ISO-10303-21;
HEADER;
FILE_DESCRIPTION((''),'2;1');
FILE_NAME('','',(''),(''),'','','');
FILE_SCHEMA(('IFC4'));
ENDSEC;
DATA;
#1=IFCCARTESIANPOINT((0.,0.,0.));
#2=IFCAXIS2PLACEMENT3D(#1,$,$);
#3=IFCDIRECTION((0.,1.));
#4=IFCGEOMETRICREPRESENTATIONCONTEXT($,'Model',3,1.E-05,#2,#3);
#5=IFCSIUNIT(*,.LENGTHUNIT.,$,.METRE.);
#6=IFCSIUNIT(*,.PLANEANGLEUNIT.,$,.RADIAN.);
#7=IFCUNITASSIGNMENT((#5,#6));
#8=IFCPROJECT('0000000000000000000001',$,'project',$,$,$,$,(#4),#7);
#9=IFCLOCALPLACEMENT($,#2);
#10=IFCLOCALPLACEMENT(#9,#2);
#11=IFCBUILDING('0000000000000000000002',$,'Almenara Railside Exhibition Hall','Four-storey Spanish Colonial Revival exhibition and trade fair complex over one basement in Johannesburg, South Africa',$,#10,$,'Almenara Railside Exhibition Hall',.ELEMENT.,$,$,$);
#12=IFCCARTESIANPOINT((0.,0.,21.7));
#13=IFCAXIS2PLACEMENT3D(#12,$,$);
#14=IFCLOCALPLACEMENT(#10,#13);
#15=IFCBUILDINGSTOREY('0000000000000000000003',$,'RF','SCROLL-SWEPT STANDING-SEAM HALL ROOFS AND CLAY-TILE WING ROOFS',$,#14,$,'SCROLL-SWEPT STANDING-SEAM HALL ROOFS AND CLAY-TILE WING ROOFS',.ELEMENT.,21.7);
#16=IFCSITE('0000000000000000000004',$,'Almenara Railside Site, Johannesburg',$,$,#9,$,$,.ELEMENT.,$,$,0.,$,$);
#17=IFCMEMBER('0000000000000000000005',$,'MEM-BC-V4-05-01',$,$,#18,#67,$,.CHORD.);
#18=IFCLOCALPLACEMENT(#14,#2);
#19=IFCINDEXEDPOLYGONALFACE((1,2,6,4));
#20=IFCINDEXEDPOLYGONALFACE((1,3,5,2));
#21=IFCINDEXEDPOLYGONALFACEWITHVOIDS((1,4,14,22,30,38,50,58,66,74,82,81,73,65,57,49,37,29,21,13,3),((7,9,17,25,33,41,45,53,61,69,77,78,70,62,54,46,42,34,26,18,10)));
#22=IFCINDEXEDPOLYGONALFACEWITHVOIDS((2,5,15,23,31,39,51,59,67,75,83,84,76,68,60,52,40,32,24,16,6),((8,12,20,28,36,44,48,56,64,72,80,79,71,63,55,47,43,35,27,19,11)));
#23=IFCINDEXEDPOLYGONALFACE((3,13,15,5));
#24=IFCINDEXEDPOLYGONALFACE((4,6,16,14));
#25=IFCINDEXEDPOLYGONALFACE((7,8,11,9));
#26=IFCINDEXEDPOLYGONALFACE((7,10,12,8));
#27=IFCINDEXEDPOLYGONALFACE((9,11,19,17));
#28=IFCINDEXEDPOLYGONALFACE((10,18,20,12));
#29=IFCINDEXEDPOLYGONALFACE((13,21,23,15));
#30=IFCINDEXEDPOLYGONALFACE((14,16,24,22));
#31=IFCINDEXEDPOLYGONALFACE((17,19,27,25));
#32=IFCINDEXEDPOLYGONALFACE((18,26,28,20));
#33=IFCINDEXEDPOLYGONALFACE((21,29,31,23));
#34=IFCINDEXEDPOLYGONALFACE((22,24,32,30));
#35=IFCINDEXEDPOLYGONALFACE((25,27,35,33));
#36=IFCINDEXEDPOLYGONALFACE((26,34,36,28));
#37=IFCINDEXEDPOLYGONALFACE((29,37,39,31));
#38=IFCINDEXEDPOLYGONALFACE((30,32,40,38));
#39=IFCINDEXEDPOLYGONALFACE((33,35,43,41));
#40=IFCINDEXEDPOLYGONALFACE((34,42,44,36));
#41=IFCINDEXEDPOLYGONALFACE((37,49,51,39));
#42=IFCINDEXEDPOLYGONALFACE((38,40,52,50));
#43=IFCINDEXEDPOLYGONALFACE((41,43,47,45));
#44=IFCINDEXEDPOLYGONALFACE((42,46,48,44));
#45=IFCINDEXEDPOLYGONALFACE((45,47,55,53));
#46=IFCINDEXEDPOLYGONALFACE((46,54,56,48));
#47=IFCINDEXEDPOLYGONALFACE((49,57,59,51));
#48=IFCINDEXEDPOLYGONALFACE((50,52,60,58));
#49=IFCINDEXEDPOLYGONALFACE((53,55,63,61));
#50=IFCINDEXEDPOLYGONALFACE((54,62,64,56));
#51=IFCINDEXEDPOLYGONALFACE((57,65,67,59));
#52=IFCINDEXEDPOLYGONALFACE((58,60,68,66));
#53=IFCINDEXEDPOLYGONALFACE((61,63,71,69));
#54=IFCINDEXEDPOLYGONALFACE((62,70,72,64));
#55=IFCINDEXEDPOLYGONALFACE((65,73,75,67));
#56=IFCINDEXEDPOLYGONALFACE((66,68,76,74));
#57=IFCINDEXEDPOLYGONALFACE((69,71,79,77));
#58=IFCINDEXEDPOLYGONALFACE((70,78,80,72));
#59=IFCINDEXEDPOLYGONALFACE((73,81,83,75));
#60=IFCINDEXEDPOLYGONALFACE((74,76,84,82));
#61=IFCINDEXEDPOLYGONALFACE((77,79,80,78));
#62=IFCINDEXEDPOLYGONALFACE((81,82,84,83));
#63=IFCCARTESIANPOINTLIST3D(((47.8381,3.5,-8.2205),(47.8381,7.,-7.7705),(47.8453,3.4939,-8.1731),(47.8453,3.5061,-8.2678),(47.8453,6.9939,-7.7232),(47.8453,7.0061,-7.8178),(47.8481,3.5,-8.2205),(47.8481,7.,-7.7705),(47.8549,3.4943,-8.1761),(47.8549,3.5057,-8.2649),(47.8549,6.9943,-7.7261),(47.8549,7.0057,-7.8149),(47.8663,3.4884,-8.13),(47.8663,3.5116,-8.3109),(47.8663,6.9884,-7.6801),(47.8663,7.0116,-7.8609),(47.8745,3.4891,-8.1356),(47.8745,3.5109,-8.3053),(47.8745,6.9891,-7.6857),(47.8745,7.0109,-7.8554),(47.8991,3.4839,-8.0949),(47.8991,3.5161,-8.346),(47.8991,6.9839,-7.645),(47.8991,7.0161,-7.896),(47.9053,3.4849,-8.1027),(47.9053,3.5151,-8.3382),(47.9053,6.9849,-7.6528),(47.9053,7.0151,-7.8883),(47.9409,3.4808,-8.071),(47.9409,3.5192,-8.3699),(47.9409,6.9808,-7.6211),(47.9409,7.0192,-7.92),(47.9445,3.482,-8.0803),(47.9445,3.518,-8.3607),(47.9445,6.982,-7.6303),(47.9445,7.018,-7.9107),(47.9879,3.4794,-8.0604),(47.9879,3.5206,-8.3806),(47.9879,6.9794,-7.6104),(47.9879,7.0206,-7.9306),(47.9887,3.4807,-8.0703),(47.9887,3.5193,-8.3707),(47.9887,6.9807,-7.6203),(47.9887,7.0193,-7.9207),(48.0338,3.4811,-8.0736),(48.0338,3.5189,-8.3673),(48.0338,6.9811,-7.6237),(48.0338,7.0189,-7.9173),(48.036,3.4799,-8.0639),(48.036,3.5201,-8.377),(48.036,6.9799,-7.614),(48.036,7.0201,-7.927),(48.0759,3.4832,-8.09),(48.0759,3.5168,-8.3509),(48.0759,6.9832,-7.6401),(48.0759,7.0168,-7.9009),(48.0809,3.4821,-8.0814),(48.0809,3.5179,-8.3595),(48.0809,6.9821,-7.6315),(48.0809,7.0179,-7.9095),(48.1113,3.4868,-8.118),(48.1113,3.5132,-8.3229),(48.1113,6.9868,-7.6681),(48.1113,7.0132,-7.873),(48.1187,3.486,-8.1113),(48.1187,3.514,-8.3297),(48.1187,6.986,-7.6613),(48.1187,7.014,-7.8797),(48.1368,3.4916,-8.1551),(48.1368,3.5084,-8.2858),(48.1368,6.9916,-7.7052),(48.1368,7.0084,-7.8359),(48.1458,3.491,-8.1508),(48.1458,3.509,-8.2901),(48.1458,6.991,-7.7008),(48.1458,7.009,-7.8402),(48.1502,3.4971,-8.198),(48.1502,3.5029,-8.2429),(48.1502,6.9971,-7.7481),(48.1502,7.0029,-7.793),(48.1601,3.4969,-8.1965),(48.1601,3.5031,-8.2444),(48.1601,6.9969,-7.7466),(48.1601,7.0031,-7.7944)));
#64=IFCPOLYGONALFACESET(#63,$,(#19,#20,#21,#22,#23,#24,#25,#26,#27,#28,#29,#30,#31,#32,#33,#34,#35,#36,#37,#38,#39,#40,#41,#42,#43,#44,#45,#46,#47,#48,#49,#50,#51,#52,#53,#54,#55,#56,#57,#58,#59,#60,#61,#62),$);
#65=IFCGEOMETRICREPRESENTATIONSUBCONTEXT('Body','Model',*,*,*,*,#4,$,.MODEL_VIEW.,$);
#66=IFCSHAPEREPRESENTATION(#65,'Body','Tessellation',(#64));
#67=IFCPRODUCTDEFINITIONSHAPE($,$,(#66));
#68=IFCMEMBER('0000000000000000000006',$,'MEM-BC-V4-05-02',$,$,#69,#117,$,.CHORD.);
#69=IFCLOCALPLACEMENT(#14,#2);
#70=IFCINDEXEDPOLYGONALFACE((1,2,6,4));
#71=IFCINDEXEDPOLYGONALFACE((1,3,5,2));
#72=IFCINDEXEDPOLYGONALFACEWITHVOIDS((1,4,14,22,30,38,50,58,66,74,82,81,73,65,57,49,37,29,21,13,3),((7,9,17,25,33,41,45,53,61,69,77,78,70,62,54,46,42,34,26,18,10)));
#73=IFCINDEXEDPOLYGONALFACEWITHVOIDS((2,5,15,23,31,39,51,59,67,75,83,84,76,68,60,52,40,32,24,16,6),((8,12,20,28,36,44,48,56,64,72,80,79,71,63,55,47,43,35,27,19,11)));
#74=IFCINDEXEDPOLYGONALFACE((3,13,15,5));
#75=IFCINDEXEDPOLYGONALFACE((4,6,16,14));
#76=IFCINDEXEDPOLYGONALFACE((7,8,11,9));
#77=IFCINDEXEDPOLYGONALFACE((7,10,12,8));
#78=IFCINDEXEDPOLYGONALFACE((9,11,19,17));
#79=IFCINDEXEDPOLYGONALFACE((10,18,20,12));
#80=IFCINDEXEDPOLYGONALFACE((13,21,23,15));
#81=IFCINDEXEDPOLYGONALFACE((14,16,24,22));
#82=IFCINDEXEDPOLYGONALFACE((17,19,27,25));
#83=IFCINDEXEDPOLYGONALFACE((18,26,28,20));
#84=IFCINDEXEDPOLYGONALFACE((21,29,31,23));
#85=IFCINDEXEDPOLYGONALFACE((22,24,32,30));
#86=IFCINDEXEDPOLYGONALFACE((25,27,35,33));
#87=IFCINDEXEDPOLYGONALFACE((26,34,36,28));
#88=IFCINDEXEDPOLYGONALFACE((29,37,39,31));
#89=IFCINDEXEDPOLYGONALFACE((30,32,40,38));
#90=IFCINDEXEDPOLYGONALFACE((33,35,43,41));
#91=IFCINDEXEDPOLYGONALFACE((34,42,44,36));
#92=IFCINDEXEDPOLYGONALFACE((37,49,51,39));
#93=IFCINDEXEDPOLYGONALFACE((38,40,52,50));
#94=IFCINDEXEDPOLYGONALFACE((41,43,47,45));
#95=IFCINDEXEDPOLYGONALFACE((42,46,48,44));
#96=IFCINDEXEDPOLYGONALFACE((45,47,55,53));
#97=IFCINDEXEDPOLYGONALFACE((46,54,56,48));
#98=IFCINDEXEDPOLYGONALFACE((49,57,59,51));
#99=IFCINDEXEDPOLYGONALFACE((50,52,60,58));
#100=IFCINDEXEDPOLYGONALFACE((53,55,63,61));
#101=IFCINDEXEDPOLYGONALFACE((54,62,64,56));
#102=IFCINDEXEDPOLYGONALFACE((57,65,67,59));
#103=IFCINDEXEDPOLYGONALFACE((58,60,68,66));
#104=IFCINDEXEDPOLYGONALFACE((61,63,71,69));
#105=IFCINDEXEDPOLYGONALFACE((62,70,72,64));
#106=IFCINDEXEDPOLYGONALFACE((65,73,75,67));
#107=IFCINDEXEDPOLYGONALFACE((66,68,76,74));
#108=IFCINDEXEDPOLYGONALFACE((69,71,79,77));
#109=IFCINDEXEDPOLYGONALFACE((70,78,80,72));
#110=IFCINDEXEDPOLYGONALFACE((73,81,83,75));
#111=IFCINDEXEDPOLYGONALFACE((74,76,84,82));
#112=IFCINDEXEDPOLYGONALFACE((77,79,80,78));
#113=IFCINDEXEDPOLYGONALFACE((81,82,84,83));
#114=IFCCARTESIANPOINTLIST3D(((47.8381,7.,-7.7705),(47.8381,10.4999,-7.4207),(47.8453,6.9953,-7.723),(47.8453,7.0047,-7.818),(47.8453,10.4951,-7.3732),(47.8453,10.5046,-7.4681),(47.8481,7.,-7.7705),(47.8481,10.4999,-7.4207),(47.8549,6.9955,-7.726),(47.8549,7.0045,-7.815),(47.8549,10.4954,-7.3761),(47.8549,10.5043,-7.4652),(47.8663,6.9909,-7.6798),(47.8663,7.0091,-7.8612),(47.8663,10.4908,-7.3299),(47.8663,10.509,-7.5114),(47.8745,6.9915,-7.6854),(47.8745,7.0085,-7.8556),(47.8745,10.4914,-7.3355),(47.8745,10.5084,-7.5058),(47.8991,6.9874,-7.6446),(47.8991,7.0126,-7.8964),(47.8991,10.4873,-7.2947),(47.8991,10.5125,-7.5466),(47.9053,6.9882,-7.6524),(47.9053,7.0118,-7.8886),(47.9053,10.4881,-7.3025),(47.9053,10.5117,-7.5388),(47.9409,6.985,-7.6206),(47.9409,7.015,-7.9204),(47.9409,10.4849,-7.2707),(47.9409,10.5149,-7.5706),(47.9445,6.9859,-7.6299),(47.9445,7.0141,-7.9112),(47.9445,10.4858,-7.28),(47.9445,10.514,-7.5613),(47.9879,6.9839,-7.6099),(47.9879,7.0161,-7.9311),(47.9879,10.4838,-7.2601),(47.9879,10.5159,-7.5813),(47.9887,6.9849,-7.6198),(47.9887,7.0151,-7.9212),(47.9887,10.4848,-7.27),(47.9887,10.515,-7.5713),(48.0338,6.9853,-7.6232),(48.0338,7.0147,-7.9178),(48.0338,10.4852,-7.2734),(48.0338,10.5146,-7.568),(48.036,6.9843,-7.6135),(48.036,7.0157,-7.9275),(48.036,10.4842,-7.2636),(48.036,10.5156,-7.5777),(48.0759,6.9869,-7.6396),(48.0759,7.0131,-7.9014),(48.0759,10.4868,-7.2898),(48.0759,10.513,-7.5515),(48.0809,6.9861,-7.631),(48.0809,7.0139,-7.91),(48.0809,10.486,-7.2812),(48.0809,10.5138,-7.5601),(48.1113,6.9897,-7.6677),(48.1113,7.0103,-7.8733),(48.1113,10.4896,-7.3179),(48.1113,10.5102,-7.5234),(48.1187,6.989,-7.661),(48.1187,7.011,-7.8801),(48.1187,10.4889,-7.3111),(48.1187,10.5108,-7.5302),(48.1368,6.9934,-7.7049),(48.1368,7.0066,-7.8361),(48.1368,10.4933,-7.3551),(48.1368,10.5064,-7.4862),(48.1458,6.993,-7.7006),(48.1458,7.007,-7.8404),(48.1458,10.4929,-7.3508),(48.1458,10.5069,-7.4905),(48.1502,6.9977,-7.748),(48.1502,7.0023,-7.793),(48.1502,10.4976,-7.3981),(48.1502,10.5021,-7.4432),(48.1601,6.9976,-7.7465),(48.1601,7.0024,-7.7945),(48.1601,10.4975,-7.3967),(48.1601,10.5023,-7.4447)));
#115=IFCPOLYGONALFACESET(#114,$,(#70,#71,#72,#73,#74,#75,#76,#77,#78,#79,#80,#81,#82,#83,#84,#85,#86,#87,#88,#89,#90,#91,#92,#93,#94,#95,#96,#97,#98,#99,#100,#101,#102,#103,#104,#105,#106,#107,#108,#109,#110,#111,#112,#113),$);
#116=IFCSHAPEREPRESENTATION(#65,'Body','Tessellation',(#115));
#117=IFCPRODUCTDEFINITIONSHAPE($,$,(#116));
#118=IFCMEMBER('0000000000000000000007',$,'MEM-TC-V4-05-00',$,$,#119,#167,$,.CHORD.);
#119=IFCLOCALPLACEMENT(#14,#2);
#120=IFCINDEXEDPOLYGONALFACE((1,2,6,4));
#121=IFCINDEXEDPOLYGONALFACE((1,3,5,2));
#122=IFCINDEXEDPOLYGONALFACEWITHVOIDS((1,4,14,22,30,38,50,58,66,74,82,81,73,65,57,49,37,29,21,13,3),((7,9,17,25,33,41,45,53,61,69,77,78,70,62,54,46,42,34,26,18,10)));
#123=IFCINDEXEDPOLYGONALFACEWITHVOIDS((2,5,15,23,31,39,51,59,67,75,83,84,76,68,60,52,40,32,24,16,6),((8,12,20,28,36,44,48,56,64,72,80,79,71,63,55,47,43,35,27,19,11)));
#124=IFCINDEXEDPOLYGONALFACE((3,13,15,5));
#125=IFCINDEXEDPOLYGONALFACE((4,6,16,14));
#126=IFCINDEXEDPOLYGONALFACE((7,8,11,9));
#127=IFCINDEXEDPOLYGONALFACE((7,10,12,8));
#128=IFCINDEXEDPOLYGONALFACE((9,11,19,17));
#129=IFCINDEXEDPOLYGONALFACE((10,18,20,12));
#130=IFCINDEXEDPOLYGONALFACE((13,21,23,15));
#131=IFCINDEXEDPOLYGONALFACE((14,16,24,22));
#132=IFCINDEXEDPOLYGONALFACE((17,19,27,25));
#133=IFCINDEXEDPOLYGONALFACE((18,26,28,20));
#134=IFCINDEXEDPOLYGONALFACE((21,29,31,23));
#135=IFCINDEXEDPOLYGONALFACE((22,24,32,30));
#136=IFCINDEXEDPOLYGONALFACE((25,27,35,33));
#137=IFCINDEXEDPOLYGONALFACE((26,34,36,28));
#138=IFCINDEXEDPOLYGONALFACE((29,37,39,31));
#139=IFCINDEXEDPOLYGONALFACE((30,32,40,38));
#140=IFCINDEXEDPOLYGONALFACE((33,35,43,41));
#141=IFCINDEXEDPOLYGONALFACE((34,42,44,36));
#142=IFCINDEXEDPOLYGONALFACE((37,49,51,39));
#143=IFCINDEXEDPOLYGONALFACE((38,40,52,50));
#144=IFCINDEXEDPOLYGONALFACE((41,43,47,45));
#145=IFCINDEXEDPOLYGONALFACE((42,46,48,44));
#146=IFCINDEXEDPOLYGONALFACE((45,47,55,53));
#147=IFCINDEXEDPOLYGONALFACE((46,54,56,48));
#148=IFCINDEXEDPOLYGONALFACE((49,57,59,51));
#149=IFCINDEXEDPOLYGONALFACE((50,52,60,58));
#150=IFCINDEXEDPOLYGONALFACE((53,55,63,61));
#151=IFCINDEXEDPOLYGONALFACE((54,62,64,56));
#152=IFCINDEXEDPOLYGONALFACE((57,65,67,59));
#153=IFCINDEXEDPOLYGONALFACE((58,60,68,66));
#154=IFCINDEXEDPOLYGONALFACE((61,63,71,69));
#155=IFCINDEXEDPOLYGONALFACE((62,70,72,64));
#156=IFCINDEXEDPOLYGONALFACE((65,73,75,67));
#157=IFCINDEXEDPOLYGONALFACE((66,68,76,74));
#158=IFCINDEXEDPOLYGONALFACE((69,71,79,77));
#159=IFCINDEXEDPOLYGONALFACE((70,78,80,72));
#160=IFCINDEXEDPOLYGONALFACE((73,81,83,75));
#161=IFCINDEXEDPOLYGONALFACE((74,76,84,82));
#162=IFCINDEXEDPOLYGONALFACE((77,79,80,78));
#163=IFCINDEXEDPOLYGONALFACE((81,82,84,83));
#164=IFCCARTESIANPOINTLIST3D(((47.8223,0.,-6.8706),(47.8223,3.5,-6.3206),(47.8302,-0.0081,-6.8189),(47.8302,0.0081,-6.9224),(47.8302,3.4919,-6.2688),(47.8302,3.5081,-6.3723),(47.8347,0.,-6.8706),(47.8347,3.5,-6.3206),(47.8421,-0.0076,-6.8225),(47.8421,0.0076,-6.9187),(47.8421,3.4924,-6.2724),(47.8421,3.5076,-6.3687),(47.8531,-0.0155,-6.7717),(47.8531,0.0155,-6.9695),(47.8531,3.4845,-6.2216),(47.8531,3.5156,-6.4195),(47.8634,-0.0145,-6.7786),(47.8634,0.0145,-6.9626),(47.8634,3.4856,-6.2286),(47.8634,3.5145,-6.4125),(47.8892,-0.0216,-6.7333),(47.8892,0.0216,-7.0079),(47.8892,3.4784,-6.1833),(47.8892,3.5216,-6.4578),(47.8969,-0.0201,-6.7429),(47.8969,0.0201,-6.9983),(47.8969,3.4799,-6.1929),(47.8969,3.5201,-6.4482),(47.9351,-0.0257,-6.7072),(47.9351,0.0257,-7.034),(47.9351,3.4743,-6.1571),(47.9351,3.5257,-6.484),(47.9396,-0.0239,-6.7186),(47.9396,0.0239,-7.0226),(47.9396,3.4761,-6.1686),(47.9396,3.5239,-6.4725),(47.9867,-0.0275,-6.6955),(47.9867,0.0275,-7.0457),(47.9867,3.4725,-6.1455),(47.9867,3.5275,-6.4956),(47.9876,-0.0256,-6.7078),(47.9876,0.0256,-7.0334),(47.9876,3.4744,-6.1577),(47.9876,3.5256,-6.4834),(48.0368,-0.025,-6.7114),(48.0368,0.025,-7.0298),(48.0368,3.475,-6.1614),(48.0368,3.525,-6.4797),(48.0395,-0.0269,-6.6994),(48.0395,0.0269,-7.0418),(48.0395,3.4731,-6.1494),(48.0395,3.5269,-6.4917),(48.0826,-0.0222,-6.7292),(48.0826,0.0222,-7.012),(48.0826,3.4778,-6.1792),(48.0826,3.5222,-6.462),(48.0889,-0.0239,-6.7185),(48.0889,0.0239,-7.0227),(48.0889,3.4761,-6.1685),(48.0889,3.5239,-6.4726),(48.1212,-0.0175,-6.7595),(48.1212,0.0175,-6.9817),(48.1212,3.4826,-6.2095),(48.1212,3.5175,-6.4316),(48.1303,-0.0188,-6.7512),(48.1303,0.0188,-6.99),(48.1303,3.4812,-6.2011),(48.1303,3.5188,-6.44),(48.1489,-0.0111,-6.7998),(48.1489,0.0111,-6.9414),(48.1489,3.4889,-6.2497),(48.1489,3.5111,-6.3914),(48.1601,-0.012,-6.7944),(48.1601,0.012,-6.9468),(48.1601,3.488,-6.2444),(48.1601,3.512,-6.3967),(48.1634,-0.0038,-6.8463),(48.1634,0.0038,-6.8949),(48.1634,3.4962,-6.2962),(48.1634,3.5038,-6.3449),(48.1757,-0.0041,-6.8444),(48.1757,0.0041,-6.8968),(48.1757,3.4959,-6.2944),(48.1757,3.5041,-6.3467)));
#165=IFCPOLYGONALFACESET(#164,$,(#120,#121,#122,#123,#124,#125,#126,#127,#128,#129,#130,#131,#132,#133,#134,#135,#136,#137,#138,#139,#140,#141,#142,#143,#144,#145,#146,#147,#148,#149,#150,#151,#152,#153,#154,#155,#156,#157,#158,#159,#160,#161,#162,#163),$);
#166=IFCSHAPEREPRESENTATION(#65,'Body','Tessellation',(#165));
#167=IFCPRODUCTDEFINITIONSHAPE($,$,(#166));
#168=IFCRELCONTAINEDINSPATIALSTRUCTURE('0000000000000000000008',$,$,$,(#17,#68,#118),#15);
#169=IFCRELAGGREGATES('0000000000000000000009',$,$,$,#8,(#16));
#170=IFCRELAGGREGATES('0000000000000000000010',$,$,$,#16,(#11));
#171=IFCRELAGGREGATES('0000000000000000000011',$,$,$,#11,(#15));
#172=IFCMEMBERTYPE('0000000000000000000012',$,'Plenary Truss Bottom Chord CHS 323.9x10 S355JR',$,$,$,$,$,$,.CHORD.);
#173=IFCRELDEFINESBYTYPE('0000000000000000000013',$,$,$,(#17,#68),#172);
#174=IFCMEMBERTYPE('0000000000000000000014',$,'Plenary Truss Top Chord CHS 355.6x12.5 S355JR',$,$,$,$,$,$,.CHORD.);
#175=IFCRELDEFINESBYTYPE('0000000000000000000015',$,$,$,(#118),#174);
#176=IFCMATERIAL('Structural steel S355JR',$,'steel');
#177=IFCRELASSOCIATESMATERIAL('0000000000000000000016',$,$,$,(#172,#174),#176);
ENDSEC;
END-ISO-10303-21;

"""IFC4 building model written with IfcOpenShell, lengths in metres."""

from ifc_helpers import new_model, si_unit, direction, frame, origin, origin_2d, place, context, subcontext, project, spatial, hollow_circle, extrude, material, material_profile, profile_set, type_object, element, save


model = new_model("IFC4")

# Units and contexts
model_context = context("Model", 3, precision=1e-05, world=origin(), true_north=direction((0.0, 1.0)))
body_context = subcontext(model_context, "Body", "Model", "MODEL_VIEW")
ifc_project = project(units=[si_unit("LENGTHUNIT", "METRE"), si_unit("PLANEANGLEUNIT", "RADIAN")], contexts=[model_context])

# Site, building, storey
site_placement = place(None, origin())
site = spatial("IfcSite", under=ifc_project, at=site_placement, Name="Almenara Railside Site, Johannesburg", CompositionType="ELEMENT", RefElevation=0.0)
building_placement = place(site_placement, origin())
building = spatial("IfcBuilding", under=site, at=building_placement, Name="Almenara Railside Exhibition Hall", Description="Four-storey Spanish Colonial Revival exhibition and trade fair complex over one basement in Johannesburg, South Africa", LongName="Almenara Railside Exhibition Hall", CompositionType="ELEMENT")
storey_placement = place(building_placement, frame((0.0, 0.0, 21.7)))
storey = spatial("IfcBuildingStorey", under=building, at=storey_placement, Name="RF", Description="SCROLL-SWEPT STANDING-SEAM HALL ROOFS AND CLAY-TILE WING ROOFS", LongName="SCROLL-SWEPT STANDING-SEAM HALL ROOFS AND CLAY-TILE WING ROOFS", CompositionType="ELEMENT", Elevation=21.7)

# Shared definitions
ifc_material_1 = material(Name="Structural steel S355JR", Category="steel")

# Members
ifc_material_profile_1 = material_profile(ifc_material_1, hollow_circle(Radius=0.1619, WallThickness=0.01, at=origin_2d()), Name="CHS 323.9x10")
ifc_profile_set_1 = profile_set([ifc_material_profile_1], Name="Structural steel S355JR")
member_type_1 = type_object("IfcMemberType", Name="Plenary Truss Bottom Chord CHS 323.9x10 S355JR", PredefinedType="CHORD", material=ifc_profile_set_1)
member_1_placement = place(storey_placement, frame((48.0, 3.5, -8.2205), z_axis=(0.0, 0.991838, 0.127508), x_axis=(-1.0, 0.0, 0.0)))
element("IfcMember", 1, at=member_1_placement, inside=storey, type_object=member_type_1, Name="MEM-BC-V4-05-01", PredefinedType="CHORD", context=body_context, shape_type="SweptSolid", body=[
    extrude(hollow_circle(Radius=0.1619, WallThickness=0.01, at=origin_2d()), origin(), (0.0, 0.0, 1.0), 3.5288),
])
member_2_placement = place(storey_placement, frame((48.0, 7.0, -7.7705), z_axis=(0.0, 0.995041, 0.099462), x_axis=(-1.0, 0.0, 0.0)))
element("IfcMember", 2, at=member_2_placement, inside=storey, type_object=member_type_1, Name="MEM-BC-V4-05-02", PredefinedType="CHORD", context=body_context, shape_type="SweptSolid", body=[
    extrude(hollow_circle(Radius=0.1619, WallThickness=0.01, at=origin_2d()), origin(), (0.0, 0.0, 1.0), 3.5173),
])
ifc_material_profile_2 = material_profile(ifc_material_1, hollow_circle(Radius=0.1777, WallThickness=0.0125, at=origin_2d()), Name="CHS 355.6x12.5")
ifc_profile_set_2 = profile_set([ifc_material_profile_2], Name="Structural steel S355JR")
member_type_2 = type_object("IfcMemberType", Name="Plenary Truss Top Chord CHS 355.6x12.5 S355JR", PredefinedType="CHORD", material=ifc_profile_set_2)
member_3_placement = place(storey_placement, frame((48.0, 0.0, -6.8706), z_axis=(0.0, 0.987875, 0.155251), x_axis=(-1.0, 0.0, 0.0)))
element("IfcMember", 3, at=member_3_placement, inside=storey, type_object=member_type_2, Name="MEM-TC-V4-05-00", PredefinedType="CHORD", context=body_context, shape_type="SweptSolid", body=[
    extrude(hollow_circle(Radius=0.1777, WallThickness=0.0125, at=origin_2d()), origin(), (0.0, 0.0, 1.0), 3.543),
])

save(model, "model.ifc")
